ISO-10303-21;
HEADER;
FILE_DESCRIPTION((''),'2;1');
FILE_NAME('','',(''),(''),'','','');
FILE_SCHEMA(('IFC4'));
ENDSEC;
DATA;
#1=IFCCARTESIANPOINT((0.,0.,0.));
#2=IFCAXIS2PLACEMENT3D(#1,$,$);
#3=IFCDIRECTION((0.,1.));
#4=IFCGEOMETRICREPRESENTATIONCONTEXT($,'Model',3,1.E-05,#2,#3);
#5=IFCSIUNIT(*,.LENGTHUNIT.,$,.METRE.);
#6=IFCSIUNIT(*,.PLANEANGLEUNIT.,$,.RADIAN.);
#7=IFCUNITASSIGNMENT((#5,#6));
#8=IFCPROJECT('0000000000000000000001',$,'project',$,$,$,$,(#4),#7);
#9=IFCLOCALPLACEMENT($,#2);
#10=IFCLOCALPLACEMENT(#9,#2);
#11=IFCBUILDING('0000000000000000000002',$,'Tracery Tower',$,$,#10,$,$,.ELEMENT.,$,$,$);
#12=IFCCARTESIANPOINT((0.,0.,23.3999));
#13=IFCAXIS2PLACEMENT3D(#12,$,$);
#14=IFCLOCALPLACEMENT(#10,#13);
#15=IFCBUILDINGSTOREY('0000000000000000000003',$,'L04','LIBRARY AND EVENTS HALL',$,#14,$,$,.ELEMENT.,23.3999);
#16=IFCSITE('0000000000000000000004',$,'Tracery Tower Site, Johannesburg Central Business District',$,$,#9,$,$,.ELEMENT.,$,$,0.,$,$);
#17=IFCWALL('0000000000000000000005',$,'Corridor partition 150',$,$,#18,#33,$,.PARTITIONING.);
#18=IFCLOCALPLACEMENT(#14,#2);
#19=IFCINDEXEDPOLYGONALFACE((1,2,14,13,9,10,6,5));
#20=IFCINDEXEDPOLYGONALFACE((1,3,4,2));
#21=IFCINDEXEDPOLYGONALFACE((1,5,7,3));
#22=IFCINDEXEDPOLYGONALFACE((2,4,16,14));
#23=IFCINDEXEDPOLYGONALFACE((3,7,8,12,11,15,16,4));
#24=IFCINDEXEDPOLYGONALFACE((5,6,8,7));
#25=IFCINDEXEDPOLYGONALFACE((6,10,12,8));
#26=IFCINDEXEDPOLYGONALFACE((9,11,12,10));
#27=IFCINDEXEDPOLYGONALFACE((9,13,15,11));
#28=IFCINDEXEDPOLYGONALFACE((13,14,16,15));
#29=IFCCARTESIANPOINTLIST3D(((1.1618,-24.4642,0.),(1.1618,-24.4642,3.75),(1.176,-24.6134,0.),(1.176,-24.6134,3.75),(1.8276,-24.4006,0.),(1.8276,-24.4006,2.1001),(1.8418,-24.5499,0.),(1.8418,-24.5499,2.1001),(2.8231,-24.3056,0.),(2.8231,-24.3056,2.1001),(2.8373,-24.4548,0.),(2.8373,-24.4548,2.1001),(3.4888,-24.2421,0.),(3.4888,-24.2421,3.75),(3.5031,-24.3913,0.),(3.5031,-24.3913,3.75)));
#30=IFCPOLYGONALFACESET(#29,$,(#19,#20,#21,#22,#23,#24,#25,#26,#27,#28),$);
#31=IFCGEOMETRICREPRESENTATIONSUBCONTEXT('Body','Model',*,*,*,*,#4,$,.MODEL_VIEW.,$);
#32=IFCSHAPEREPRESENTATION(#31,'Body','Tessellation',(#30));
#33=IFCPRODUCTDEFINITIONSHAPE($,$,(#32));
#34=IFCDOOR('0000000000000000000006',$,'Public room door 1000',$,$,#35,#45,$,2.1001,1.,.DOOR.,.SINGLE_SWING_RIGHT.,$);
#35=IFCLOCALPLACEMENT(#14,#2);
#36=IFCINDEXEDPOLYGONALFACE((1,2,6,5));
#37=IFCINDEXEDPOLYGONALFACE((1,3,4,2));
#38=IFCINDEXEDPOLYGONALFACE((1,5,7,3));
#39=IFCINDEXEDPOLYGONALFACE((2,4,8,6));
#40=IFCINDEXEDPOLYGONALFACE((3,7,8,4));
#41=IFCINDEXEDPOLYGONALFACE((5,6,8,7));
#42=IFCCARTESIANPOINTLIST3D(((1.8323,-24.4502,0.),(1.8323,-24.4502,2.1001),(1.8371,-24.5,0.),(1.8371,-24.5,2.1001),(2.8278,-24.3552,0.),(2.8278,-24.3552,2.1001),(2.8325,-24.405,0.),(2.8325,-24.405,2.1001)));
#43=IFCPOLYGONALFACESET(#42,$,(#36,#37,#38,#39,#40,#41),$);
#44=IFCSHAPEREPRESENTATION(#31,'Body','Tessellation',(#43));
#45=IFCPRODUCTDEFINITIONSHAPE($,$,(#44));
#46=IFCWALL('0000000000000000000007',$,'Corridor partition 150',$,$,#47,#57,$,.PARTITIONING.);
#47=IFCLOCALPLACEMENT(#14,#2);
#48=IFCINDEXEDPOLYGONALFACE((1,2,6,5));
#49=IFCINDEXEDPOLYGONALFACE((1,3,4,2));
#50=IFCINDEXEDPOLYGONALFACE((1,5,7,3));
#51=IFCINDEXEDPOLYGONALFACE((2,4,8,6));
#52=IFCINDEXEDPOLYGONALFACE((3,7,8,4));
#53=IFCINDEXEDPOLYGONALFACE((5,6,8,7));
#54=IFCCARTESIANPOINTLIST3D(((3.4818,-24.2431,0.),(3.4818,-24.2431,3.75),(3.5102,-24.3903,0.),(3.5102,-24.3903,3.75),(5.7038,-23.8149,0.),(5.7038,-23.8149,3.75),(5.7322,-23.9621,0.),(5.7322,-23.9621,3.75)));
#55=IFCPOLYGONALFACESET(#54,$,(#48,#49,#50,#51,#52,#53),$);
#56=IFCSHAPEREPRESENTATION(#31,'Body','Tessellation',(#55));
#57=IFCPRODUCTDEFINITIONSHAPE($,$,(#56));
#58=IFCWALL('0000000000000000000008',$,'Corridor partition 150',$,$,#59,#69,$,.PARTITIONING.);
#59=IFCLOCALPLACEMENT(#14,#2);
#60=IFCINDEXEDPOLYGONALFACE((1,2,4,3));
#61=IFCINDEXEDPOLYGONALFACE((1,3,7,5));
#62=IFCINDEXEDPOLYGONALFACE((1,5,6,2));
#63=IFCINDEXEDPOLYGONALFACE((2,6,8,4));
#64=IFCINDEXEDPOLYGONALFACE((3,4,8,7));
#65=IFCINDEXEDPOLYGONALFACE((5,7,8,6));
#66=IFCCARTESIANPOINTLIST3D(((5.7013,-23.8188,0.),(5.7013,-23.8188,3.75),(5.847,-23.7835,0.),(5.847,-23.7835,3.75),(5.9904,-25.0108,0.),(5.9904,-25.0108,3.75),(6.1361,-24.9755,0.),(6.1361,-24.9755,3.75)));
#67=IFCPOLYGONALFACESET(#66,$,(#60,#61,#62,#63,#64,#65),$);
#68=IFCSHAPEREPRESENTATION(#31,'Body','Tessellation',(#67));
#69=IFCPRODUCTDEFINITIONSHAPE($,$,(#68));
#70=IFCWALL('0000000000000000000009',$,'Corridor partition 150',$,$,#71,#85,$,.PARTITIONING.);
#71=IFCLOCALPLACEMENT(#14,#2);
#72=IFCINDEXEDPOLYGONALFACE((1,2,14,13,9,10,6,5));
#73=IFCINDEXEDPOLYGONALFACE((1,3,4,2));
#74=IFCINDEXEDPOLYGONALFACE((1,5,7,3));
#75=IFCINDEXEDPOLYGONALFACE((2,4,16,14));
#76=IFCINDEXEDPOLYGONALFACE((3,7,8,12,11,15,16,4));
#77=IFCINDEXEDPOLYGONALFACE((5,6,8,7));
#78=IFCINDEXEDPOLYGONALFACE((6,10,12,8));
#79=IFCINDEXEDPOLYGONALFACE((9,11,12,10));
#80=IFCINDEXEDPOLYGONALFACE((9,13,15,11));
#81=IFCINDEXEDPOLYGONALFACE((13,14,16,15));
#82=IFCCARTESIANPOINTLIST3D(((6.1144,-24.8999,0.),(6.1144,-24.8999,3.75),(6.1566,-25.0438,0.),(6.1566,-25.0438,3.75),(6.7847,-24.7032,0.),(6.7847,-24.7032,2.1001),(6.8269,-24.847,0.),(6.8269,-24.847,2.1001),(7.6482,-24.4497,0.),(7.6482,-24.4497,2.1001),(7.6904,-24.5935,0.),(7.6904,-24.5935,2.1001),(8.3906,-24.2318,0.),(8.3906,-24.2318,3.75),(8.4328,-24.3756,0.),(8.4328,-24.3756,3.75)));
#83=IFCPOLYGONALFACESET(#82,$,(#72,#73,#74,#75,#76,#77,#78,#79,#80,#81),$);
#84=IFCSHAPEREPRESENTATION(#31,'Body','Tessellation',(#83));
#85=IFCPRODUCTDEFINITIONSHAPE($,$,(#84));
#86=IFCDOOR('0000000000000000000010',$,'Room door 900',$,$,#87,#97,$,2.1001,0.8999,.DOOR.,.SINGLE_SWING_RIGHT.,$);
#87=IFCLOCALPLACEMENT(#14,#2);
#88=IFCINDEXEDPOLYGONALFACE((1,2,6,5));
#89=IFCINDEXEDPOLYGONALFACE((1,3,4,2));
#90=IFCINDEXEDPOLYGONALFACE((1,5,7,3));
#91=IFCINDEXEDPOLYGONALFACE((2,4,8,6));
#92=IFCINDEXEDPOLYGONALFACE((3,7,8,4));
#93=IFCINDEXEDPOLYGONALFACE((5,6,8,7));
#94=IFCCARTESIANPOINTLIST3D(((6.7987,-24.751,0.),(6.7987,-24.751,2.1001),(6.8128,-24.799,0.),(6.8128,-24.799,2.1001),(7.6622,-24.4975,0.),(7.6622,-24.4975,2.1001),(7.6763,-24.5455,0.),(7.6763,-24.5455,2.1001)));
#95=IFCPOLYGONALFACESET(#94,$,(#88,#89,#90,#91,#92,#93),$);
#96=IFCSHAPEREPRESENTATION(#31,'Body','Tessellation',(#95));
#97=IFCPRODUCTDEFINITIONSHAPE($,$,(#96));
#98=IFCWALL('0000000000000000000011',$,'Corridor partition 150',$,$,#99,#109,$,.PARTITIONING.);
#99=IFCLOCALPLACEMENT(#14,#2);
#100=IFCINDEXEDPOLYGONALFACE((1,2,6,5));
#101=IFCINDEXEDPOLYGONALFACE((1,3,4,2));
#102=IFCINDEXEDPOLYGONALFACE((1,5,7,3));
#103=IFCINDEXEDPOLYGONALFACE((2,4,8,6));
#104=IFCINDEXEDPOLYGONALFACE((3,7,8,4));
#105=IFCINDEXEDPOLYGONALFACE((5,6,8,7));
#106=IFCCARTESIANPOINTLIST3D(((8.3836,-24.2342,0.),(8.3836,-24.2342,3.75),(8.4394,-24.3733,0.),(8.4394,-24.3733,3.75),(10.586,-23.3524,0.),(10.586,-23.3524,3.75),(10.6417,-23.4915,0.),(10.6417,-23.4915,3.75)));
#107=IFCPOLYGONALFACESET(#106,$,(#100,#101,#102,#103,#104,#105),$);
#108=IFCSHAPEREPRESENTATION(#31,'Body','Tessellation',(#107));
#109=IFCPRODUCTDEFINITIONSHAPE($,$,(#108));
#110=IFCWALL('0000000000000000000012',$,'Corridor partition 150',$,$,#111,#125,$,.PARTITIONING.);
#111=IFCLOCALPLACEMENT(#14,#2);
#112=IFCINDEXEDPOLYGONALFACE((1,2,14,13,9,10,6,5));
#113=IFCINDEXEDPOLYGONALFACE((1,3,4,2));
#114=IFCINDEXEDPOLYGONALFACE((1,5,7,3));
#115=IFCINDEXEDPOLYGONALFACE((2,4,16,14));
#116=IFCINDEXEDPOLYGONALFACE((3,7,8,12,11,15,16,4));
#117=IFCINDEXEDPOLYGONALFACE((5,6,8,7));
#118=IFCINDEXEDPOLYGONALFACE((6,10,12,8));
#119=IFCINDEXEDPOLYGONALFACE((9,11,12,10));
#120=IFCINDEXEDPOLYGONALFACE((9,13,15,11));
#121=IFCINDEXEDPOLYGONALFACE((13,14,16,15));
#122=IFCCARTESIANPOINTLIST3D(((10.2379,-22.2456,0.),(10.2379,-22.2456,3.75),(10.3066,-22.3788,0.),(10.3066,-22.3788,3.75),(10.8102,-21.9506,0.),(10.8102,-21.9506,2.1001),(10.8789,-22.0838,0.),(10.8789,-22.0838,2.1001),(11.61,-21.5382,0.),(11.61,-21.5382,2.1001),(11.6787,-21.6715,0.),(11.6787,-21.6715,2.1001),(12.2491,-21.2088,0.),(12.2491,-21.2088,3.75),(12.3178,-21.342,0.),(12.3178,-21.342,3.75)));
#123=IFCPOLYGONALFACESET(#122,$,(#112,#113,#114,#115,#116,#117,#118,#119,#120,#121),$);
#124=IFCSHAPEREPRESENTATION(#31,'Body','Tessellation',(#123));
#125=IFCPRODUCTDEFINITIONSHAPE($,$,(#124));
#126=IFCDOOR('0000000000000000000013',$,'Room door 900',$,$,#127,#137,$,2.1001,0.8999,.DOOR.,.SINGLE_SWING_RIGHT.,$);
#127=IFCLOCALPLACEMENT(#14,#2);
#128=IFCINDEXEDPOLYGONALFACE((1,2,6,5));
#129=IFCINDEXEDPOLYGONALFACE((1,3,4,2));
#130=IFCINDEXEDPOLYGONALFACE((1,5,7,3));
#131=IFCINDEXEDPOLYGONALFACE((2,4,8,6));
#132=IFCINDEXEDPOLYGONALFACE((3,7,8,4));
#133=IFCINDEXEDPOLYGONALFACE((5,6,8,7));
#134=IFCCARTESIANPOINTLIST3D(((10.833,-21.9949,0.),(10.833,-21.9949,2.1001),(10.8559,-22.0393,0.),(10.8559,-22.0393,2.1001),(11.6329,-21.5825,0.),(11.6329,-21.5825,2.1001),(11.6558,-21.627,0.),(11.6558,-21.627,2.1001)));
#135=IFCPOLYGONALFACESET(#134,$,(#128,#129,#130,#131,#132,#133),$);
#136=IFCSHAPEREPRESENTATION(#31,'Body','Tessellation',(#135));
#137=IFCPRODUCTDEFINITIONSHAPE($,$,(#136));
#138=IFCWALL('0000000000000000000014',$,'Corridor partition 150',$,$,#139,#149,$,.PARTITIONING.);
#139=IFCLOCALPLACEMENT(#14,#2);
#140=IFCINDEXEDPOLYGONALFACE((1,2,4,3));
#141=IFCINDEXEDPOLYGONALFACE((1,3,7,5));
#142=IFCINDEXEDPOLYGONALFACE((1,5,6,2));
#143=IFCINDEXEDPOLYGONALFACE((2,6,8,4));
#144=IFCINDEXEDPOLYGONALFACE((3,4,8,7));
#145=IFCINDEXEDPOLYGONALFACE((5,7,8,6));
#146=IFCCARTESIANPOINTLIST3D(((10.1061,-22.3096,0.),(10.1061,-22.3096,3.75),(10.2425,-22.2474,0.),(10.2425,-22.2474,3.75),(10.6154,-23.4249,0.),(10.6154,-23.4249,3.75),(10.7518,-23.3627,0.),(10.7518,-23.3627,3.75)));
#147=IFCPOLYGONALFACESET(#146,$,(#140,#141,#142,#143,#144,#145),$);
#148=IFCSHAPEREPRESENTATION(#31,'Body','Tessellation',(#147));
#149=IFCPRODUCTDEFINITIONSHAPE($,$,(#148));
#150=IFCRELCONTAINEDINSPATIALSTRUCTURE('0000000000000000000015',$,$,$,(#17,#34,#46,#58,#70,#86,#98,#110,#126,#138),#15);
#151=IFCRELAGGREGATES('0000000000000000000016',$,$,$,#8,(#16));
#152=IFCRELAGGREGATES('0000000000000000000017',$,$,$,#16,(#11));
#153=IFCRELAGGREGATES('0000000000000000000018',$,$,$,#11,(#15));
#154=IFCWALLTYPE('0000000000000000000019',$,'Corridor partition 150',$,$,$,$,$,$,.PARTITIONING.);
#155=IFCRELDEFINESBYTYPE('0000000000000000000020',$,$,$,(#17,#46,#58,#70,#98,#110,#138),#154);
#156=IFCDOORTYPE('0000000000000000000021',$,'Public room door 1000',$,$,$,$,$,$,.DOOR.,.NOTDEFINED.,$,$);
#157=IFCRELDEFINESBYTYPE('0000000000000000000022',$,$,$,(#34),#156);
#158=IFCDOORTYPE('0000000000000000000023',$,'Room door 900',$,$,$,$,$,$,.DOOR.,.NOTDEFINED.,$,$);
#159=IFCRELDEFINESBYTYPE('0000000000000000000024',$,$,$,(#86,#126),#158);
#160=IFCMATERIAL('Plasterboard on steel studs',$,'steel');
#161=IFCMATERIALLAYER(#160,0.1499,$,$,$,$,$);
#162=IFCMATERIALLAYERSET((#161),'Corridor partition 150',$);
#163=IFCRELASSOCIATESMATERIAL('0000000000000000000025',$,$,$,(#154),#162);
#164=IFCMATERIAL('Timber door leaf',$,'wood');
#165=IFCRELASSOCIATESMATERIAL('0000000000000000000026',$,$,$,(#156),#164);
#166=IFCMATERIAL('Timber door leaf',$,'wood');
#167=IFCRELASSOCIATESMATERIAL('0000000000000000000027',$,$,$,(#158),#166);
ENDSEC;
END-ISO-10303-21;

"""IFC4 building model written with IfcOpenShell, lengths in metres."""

from ifc_helpers import new_model, si_unit, direction, frame, frame_2d, origin, place, context, subcontext, project, spatial, rectangle, extrude, material, layer, layer_set, type_object, element, fill, save


model = new_model("IFC4")

# Units and contexts
model_context = context("Model", 3, precision=1e-05, world=origin(), true_north=direction((0.0, 1.0)))
body_context = subcontext(model_context, "Body", "Model", "MODEL_VIEW")
ifc_project = project(units=[si_unit("LENGTHUNIT", "METRE"), si_unit("PLANEANGLEUNIT", "RADIAN")], contexts=[model_context])

# Site, building, storey
site_placement = place(None, origin())
site = spatial("IfcSite", under=ifc_project, at=site_placement, Name="Tracery Tower Site, Johannesburg Central Business District", CompositionType="ELEMENT", RefElevation=0.0)
building_placement = place(site_placement, origin())
building = spatial("IfcBuilding", under=site, at=building_placement, Name="Tracery Tower", CompositionType="ELEMENT")
storey_placement = place(building_placement, frame((0.0, 0.0, 23.3999)))
storey = spatial("IfcBuildingStorey", under=building, at=storey_placement, Name="L04", Description="LIBRARY AND EVENTS HALL", CompositionType="ELEMENT", Elevation=23.3999)

# Wall, opening, door
ifc_material_1 = material(Name="Plasterboard on steel studs", Category="steel")
ifc_layer_1 = layer(ifc_material_1, 0.1499)
ifc_layer_set_1 = layer_set([ifc_layer_1], Name="Corridor partition 150")
wall_type_1 = type_object("IfcWallType", Name="Corridor partition 150", PredefinedType="PARTITIONING", material=ifc_layer_set_1)
ifc_material_2 = material(Name="Timber door leaf", Category="wood")
door_type_1 = type_object("IfcDoorType", Name="Public room door 1000", OperationType="NOTDEFINED", PredefinedType="DOOR", material=ifc_material_2)
wall_1_placement = place(storey_placement, frame((3.4961, -24.3167, 0.0), z_axis=(0.0, 0.0, 1.0), x_axis=(-0.995474, -0.095036, 0.0)))
wall_1 = element("IfcWall", 1, at=wall_1_placement, inside=storey, type_object=wall_type_1, Name="Corridor partition 150", PredefinedType="PARTITIONING", context=body_context, shape_type="SweptSolid", body=[
    extrude(rectangle(XDim=2.3376, YDim=0.1499, at=frame_2d((1.1689, 0.0))), origin(), (0.0, 0.0, 1.0), 3.75),
])
opening_1_placement = place(wall_1_placement, frame((0.6689, 0.0, 0.0)))
opening_1 = element("IfcOpeningElement", 2, at=opening_1_placement, cuts=wall_1, PredefinedType="OPENING", context=body_context, shape_type="SweptSolid", body=[
    extrude(rectangle(XDim=1.0, YDim=2.1001, at=frame_2d((0.5, 1.05))), frame((0.0, 0.075, 0.0), z_axis=(0.0, -1.0, 0.0), x_axis=(1.0, 0.0, 0.0)), (0.0, 0.0, 1.0), 0.1499),
])
door_1_placement = place(opening_1_placement, origin())
door_1 = element("IfcDoor", 3, at=door_1_placement, inside=storey, type_object=door_type_1, Name="Public room door 1000", OperationType="SINGLE_SWING_RIGHT", OverallHeight=2.1001, OverallWidth=1.0, PredefinedType="DOOR", context=body_context, shape_type="SweptSolid", body=[
    extrude(rectangle(XDim=1.0, YDim=2.1001, at=frame_2d((0.5, 1.05))), frame((0.0, 0.0249, 0.0), z_axis=(0.0, -1.0, 0.0), x_axis=(1.0, 0.0, 0.0)), (0.0, 0.0, 1.0), 0.05),
])
fill(opening_1, door_1)

# Walls
wall_2_placement = place(storey_placement, frame((3.4961, -24.3167, 0.0), z_axis=(0.0, 0.0, 1.0), x_axis=(0.981934, 0.189224, 0.0)))
element("IfcWall", 4, at=wall_2_placement, inside=storey, type_object=wall_type_1, Name="Corridor partition 150", PredefinedType="PARTITIONING", context=body_context, shape_type="SweptSolid", body=[
    extrude(rectangle(XDim=2.2629, YDim=0.1499, at=frame_2d((1.1313, 0.0))), origin(), (0.0, 0.0, 1.0), 3.75),
])
wall_3_placement = place(storey_placement, frame((6.0632, -24.9932, 0.0), z_axis=(0.0, 0.0, 1.0), x_axis=(-0.235691, 0.971828, 0.0)))
element("IfcWall", 5, at=wall_3_placement, inside=storey, type_object=wall_type_1, Name="Corridor partition 150", PredefinedType="PARTITIONING", context=body_context, shape_type="SweptSolid", body=[
    extrude(rectangle(XDim=1.2266, YDim=0.1499, at=frame_2d((0.6133, 0.0))), origin(), (0.0, 0.0, 1.0), 3.75),
])

# Wall, opening, door
wall_4_placement = place(storey_placement, frame((8.4116, -24.3037, 0.0), z_axis=(0.0, 0.0, 1.0), x_axis=(-0.959514, -0.281659, 0.0)))
wall_4 = element("IfcWall", 6, at=wall_4_placement, inside=storey, type_object=wall_type_1, Name="Corridor partition 150", PredefinedType="PARTITIONING", context=body_context, shape_type="SweptSolid", body=[
    extrude(rectangle(XDim=2.3723, YDim=0.1499, at=frame_2d((1.186, 0.0))), origin(), (0.0, 0.0, 1.0), 3.75),
])
opening_2_placement = place(wall_4_placement, frame((0.7737, 0.0, 0.0)))
opening_2 = element("IfcOpeningElement", 7, at=opening_2_placement, cuts=wall_4, PredefinedType="OPENING", context=body_context, shape_type="SweptSolid", body=[
    extrude(rectangle(XDim=0.8999, YDim=2.1001, at=frame_2d((0.45, 1.05))), frame((0.0, 0.075, 0.0), z_axis=(0.0, -1.0, 0.0), x_axis=(1.0, 0.0, 0.0)), (0.0, 0.0, 1.0), 0.1499),
])
ifc_material_3 = material(Name="Timber door leaf", Category="wood")
door_type_2 = type_object("IfcDoorType", Name="Room door 900", OperationType="NOTDEFINED", PredefinedType="DOOR", material=ifc_material_3)
door_2_placement = place(opening_2_placement, origin())
door_2 = element("IfcDoor", 8, at=door_2_placement, inside=storey, type_object=door_type_2, Name="Room door 900", OperationType="SINGLE_SWING_RIGHT", OverallHeight=2.1001, OverallWidth=0.8999, PredefinedType="DOOR", context=body_context, shape_type="SweptSolid", body=[
    extrude(rectangle(XDim=0.8999, YDim=2.1001, at=frame_2d((0.45, 1.05))), frame((0.0, 0.0249, 0.0), z_axis=(0.0, -1.0, 0.0), x_axis=(1.0, 0.0, 0.0)), (0.0, 0.0, 1.0), 0.05),
])
fill(opening_2, door_2)

# Wall
wall_5_placement = place(storey_placement, frame((8.4116, -24.3037, 0.0), z_axis=(0.0, 0.0, 1.0), x_axis=(0.928349, 0.37171, 0.0)))
element("IfcWall", 9, at=wall_5_placement, inside=storey, type_object=wall_type_1, Name="Corridor partition 150", PredefinedType="PARTITIONING", context=body_context, shape_type="SweptSolid", body=[
    extrude(rectangle(XDim=2.3723, YDim=0.1499, at=frame_2d((1.186, 0.0))), origin(), (0.0, 0.0, 1.0), 3.75),
])

# Wall, opening, door
wall_6_placement = place(storey_placement, frame((12.2834, -21.2754, 0.0), z_axis=(0.0, 0.0, 1.0), x_axis=(-0.888835, -0.458228, 0.0)))
wall_6 = element("IfcWall", 10, at=wall_6_placement, inside=storey, type_object=wall_type_1, Name="Corridor partition 150", PredefinedType="PARTITIONING", context=body_context, shape_type="SweptSolid", body=[
    extrude(rectangle(XDim=2.2627, YDim=0.1499, at=frame_2d((1.1313, 0.0))), origin(), (0.0, 0.0, 1.0), 3.75),
])
opening_3_placement = place(wall_6_placement, frame((0.719, 0.0, 0.0)))
opening_3 = element("IfcOpeningElement", 11, at=opening_3_placement, cuts=wall_6, PredefinedType="OPENING", context=body_context, shape_type="SweptSolid", body=[
    extrude(rectangle(XDim=0.8999, YDim=2.1001, at=frame_2d((0.45, 1.05))), frame((0.0, 0.075, 0.0), z_axis=(0.0, -1.0, 0.0), x_axis=(1.0, 0.0, 0.0)), (0.0, 0.0, 1.0), 0.1499),
])
door_3_placement = place(opening_3_placement, origin())
door_3 = element("IfcDoor", 12, at=door_3_placement, inside=storey, type_object=door_type_2, Name="Room door 900", OperationType="SINGLE_SWING_RIGHT", OverallHeight=2.1001, OverallWidth=0.8999, PredefinedType="DOOR", context=body_context, shape_type="SweptSolid", body=[
    extrude(rectangle(XDim=0.8999, YDim=2.1001, at=frame_2d((0.45, 1.05))), frame((0.0, 0.0249, 0.0), z_axis=(0.0, -1.0, 0.0), x_axis=(1.0, 0.0, 0.0)), (0.0, 0.0, 1.0), 0.05),
])
fill(opening_3, door_3)

# Wall
wall_7_placement = place(storey_placement, frame((10.6836, -23.3938, 0.0), z_axis=(0.0, 0.0, 1.0), x_axis=(-0.415393, 0.909642, 0.0)))
element("IfcWall", 13, at=wall_7_placement, inside=storey, type_object=wall_type_1, Name="Corridor partition 150", PredefinedType="PARTITIONING", context=body_context, shape_type="SweptSolid", body=[
    extrude(rectangle(XDim=1.2261, YDim=0.1499, at=frame_2d((0.613, 0.0))), origin(), (0.0, 0.0, 1.0), 3.75),
])

save(model, "model.ifc")
